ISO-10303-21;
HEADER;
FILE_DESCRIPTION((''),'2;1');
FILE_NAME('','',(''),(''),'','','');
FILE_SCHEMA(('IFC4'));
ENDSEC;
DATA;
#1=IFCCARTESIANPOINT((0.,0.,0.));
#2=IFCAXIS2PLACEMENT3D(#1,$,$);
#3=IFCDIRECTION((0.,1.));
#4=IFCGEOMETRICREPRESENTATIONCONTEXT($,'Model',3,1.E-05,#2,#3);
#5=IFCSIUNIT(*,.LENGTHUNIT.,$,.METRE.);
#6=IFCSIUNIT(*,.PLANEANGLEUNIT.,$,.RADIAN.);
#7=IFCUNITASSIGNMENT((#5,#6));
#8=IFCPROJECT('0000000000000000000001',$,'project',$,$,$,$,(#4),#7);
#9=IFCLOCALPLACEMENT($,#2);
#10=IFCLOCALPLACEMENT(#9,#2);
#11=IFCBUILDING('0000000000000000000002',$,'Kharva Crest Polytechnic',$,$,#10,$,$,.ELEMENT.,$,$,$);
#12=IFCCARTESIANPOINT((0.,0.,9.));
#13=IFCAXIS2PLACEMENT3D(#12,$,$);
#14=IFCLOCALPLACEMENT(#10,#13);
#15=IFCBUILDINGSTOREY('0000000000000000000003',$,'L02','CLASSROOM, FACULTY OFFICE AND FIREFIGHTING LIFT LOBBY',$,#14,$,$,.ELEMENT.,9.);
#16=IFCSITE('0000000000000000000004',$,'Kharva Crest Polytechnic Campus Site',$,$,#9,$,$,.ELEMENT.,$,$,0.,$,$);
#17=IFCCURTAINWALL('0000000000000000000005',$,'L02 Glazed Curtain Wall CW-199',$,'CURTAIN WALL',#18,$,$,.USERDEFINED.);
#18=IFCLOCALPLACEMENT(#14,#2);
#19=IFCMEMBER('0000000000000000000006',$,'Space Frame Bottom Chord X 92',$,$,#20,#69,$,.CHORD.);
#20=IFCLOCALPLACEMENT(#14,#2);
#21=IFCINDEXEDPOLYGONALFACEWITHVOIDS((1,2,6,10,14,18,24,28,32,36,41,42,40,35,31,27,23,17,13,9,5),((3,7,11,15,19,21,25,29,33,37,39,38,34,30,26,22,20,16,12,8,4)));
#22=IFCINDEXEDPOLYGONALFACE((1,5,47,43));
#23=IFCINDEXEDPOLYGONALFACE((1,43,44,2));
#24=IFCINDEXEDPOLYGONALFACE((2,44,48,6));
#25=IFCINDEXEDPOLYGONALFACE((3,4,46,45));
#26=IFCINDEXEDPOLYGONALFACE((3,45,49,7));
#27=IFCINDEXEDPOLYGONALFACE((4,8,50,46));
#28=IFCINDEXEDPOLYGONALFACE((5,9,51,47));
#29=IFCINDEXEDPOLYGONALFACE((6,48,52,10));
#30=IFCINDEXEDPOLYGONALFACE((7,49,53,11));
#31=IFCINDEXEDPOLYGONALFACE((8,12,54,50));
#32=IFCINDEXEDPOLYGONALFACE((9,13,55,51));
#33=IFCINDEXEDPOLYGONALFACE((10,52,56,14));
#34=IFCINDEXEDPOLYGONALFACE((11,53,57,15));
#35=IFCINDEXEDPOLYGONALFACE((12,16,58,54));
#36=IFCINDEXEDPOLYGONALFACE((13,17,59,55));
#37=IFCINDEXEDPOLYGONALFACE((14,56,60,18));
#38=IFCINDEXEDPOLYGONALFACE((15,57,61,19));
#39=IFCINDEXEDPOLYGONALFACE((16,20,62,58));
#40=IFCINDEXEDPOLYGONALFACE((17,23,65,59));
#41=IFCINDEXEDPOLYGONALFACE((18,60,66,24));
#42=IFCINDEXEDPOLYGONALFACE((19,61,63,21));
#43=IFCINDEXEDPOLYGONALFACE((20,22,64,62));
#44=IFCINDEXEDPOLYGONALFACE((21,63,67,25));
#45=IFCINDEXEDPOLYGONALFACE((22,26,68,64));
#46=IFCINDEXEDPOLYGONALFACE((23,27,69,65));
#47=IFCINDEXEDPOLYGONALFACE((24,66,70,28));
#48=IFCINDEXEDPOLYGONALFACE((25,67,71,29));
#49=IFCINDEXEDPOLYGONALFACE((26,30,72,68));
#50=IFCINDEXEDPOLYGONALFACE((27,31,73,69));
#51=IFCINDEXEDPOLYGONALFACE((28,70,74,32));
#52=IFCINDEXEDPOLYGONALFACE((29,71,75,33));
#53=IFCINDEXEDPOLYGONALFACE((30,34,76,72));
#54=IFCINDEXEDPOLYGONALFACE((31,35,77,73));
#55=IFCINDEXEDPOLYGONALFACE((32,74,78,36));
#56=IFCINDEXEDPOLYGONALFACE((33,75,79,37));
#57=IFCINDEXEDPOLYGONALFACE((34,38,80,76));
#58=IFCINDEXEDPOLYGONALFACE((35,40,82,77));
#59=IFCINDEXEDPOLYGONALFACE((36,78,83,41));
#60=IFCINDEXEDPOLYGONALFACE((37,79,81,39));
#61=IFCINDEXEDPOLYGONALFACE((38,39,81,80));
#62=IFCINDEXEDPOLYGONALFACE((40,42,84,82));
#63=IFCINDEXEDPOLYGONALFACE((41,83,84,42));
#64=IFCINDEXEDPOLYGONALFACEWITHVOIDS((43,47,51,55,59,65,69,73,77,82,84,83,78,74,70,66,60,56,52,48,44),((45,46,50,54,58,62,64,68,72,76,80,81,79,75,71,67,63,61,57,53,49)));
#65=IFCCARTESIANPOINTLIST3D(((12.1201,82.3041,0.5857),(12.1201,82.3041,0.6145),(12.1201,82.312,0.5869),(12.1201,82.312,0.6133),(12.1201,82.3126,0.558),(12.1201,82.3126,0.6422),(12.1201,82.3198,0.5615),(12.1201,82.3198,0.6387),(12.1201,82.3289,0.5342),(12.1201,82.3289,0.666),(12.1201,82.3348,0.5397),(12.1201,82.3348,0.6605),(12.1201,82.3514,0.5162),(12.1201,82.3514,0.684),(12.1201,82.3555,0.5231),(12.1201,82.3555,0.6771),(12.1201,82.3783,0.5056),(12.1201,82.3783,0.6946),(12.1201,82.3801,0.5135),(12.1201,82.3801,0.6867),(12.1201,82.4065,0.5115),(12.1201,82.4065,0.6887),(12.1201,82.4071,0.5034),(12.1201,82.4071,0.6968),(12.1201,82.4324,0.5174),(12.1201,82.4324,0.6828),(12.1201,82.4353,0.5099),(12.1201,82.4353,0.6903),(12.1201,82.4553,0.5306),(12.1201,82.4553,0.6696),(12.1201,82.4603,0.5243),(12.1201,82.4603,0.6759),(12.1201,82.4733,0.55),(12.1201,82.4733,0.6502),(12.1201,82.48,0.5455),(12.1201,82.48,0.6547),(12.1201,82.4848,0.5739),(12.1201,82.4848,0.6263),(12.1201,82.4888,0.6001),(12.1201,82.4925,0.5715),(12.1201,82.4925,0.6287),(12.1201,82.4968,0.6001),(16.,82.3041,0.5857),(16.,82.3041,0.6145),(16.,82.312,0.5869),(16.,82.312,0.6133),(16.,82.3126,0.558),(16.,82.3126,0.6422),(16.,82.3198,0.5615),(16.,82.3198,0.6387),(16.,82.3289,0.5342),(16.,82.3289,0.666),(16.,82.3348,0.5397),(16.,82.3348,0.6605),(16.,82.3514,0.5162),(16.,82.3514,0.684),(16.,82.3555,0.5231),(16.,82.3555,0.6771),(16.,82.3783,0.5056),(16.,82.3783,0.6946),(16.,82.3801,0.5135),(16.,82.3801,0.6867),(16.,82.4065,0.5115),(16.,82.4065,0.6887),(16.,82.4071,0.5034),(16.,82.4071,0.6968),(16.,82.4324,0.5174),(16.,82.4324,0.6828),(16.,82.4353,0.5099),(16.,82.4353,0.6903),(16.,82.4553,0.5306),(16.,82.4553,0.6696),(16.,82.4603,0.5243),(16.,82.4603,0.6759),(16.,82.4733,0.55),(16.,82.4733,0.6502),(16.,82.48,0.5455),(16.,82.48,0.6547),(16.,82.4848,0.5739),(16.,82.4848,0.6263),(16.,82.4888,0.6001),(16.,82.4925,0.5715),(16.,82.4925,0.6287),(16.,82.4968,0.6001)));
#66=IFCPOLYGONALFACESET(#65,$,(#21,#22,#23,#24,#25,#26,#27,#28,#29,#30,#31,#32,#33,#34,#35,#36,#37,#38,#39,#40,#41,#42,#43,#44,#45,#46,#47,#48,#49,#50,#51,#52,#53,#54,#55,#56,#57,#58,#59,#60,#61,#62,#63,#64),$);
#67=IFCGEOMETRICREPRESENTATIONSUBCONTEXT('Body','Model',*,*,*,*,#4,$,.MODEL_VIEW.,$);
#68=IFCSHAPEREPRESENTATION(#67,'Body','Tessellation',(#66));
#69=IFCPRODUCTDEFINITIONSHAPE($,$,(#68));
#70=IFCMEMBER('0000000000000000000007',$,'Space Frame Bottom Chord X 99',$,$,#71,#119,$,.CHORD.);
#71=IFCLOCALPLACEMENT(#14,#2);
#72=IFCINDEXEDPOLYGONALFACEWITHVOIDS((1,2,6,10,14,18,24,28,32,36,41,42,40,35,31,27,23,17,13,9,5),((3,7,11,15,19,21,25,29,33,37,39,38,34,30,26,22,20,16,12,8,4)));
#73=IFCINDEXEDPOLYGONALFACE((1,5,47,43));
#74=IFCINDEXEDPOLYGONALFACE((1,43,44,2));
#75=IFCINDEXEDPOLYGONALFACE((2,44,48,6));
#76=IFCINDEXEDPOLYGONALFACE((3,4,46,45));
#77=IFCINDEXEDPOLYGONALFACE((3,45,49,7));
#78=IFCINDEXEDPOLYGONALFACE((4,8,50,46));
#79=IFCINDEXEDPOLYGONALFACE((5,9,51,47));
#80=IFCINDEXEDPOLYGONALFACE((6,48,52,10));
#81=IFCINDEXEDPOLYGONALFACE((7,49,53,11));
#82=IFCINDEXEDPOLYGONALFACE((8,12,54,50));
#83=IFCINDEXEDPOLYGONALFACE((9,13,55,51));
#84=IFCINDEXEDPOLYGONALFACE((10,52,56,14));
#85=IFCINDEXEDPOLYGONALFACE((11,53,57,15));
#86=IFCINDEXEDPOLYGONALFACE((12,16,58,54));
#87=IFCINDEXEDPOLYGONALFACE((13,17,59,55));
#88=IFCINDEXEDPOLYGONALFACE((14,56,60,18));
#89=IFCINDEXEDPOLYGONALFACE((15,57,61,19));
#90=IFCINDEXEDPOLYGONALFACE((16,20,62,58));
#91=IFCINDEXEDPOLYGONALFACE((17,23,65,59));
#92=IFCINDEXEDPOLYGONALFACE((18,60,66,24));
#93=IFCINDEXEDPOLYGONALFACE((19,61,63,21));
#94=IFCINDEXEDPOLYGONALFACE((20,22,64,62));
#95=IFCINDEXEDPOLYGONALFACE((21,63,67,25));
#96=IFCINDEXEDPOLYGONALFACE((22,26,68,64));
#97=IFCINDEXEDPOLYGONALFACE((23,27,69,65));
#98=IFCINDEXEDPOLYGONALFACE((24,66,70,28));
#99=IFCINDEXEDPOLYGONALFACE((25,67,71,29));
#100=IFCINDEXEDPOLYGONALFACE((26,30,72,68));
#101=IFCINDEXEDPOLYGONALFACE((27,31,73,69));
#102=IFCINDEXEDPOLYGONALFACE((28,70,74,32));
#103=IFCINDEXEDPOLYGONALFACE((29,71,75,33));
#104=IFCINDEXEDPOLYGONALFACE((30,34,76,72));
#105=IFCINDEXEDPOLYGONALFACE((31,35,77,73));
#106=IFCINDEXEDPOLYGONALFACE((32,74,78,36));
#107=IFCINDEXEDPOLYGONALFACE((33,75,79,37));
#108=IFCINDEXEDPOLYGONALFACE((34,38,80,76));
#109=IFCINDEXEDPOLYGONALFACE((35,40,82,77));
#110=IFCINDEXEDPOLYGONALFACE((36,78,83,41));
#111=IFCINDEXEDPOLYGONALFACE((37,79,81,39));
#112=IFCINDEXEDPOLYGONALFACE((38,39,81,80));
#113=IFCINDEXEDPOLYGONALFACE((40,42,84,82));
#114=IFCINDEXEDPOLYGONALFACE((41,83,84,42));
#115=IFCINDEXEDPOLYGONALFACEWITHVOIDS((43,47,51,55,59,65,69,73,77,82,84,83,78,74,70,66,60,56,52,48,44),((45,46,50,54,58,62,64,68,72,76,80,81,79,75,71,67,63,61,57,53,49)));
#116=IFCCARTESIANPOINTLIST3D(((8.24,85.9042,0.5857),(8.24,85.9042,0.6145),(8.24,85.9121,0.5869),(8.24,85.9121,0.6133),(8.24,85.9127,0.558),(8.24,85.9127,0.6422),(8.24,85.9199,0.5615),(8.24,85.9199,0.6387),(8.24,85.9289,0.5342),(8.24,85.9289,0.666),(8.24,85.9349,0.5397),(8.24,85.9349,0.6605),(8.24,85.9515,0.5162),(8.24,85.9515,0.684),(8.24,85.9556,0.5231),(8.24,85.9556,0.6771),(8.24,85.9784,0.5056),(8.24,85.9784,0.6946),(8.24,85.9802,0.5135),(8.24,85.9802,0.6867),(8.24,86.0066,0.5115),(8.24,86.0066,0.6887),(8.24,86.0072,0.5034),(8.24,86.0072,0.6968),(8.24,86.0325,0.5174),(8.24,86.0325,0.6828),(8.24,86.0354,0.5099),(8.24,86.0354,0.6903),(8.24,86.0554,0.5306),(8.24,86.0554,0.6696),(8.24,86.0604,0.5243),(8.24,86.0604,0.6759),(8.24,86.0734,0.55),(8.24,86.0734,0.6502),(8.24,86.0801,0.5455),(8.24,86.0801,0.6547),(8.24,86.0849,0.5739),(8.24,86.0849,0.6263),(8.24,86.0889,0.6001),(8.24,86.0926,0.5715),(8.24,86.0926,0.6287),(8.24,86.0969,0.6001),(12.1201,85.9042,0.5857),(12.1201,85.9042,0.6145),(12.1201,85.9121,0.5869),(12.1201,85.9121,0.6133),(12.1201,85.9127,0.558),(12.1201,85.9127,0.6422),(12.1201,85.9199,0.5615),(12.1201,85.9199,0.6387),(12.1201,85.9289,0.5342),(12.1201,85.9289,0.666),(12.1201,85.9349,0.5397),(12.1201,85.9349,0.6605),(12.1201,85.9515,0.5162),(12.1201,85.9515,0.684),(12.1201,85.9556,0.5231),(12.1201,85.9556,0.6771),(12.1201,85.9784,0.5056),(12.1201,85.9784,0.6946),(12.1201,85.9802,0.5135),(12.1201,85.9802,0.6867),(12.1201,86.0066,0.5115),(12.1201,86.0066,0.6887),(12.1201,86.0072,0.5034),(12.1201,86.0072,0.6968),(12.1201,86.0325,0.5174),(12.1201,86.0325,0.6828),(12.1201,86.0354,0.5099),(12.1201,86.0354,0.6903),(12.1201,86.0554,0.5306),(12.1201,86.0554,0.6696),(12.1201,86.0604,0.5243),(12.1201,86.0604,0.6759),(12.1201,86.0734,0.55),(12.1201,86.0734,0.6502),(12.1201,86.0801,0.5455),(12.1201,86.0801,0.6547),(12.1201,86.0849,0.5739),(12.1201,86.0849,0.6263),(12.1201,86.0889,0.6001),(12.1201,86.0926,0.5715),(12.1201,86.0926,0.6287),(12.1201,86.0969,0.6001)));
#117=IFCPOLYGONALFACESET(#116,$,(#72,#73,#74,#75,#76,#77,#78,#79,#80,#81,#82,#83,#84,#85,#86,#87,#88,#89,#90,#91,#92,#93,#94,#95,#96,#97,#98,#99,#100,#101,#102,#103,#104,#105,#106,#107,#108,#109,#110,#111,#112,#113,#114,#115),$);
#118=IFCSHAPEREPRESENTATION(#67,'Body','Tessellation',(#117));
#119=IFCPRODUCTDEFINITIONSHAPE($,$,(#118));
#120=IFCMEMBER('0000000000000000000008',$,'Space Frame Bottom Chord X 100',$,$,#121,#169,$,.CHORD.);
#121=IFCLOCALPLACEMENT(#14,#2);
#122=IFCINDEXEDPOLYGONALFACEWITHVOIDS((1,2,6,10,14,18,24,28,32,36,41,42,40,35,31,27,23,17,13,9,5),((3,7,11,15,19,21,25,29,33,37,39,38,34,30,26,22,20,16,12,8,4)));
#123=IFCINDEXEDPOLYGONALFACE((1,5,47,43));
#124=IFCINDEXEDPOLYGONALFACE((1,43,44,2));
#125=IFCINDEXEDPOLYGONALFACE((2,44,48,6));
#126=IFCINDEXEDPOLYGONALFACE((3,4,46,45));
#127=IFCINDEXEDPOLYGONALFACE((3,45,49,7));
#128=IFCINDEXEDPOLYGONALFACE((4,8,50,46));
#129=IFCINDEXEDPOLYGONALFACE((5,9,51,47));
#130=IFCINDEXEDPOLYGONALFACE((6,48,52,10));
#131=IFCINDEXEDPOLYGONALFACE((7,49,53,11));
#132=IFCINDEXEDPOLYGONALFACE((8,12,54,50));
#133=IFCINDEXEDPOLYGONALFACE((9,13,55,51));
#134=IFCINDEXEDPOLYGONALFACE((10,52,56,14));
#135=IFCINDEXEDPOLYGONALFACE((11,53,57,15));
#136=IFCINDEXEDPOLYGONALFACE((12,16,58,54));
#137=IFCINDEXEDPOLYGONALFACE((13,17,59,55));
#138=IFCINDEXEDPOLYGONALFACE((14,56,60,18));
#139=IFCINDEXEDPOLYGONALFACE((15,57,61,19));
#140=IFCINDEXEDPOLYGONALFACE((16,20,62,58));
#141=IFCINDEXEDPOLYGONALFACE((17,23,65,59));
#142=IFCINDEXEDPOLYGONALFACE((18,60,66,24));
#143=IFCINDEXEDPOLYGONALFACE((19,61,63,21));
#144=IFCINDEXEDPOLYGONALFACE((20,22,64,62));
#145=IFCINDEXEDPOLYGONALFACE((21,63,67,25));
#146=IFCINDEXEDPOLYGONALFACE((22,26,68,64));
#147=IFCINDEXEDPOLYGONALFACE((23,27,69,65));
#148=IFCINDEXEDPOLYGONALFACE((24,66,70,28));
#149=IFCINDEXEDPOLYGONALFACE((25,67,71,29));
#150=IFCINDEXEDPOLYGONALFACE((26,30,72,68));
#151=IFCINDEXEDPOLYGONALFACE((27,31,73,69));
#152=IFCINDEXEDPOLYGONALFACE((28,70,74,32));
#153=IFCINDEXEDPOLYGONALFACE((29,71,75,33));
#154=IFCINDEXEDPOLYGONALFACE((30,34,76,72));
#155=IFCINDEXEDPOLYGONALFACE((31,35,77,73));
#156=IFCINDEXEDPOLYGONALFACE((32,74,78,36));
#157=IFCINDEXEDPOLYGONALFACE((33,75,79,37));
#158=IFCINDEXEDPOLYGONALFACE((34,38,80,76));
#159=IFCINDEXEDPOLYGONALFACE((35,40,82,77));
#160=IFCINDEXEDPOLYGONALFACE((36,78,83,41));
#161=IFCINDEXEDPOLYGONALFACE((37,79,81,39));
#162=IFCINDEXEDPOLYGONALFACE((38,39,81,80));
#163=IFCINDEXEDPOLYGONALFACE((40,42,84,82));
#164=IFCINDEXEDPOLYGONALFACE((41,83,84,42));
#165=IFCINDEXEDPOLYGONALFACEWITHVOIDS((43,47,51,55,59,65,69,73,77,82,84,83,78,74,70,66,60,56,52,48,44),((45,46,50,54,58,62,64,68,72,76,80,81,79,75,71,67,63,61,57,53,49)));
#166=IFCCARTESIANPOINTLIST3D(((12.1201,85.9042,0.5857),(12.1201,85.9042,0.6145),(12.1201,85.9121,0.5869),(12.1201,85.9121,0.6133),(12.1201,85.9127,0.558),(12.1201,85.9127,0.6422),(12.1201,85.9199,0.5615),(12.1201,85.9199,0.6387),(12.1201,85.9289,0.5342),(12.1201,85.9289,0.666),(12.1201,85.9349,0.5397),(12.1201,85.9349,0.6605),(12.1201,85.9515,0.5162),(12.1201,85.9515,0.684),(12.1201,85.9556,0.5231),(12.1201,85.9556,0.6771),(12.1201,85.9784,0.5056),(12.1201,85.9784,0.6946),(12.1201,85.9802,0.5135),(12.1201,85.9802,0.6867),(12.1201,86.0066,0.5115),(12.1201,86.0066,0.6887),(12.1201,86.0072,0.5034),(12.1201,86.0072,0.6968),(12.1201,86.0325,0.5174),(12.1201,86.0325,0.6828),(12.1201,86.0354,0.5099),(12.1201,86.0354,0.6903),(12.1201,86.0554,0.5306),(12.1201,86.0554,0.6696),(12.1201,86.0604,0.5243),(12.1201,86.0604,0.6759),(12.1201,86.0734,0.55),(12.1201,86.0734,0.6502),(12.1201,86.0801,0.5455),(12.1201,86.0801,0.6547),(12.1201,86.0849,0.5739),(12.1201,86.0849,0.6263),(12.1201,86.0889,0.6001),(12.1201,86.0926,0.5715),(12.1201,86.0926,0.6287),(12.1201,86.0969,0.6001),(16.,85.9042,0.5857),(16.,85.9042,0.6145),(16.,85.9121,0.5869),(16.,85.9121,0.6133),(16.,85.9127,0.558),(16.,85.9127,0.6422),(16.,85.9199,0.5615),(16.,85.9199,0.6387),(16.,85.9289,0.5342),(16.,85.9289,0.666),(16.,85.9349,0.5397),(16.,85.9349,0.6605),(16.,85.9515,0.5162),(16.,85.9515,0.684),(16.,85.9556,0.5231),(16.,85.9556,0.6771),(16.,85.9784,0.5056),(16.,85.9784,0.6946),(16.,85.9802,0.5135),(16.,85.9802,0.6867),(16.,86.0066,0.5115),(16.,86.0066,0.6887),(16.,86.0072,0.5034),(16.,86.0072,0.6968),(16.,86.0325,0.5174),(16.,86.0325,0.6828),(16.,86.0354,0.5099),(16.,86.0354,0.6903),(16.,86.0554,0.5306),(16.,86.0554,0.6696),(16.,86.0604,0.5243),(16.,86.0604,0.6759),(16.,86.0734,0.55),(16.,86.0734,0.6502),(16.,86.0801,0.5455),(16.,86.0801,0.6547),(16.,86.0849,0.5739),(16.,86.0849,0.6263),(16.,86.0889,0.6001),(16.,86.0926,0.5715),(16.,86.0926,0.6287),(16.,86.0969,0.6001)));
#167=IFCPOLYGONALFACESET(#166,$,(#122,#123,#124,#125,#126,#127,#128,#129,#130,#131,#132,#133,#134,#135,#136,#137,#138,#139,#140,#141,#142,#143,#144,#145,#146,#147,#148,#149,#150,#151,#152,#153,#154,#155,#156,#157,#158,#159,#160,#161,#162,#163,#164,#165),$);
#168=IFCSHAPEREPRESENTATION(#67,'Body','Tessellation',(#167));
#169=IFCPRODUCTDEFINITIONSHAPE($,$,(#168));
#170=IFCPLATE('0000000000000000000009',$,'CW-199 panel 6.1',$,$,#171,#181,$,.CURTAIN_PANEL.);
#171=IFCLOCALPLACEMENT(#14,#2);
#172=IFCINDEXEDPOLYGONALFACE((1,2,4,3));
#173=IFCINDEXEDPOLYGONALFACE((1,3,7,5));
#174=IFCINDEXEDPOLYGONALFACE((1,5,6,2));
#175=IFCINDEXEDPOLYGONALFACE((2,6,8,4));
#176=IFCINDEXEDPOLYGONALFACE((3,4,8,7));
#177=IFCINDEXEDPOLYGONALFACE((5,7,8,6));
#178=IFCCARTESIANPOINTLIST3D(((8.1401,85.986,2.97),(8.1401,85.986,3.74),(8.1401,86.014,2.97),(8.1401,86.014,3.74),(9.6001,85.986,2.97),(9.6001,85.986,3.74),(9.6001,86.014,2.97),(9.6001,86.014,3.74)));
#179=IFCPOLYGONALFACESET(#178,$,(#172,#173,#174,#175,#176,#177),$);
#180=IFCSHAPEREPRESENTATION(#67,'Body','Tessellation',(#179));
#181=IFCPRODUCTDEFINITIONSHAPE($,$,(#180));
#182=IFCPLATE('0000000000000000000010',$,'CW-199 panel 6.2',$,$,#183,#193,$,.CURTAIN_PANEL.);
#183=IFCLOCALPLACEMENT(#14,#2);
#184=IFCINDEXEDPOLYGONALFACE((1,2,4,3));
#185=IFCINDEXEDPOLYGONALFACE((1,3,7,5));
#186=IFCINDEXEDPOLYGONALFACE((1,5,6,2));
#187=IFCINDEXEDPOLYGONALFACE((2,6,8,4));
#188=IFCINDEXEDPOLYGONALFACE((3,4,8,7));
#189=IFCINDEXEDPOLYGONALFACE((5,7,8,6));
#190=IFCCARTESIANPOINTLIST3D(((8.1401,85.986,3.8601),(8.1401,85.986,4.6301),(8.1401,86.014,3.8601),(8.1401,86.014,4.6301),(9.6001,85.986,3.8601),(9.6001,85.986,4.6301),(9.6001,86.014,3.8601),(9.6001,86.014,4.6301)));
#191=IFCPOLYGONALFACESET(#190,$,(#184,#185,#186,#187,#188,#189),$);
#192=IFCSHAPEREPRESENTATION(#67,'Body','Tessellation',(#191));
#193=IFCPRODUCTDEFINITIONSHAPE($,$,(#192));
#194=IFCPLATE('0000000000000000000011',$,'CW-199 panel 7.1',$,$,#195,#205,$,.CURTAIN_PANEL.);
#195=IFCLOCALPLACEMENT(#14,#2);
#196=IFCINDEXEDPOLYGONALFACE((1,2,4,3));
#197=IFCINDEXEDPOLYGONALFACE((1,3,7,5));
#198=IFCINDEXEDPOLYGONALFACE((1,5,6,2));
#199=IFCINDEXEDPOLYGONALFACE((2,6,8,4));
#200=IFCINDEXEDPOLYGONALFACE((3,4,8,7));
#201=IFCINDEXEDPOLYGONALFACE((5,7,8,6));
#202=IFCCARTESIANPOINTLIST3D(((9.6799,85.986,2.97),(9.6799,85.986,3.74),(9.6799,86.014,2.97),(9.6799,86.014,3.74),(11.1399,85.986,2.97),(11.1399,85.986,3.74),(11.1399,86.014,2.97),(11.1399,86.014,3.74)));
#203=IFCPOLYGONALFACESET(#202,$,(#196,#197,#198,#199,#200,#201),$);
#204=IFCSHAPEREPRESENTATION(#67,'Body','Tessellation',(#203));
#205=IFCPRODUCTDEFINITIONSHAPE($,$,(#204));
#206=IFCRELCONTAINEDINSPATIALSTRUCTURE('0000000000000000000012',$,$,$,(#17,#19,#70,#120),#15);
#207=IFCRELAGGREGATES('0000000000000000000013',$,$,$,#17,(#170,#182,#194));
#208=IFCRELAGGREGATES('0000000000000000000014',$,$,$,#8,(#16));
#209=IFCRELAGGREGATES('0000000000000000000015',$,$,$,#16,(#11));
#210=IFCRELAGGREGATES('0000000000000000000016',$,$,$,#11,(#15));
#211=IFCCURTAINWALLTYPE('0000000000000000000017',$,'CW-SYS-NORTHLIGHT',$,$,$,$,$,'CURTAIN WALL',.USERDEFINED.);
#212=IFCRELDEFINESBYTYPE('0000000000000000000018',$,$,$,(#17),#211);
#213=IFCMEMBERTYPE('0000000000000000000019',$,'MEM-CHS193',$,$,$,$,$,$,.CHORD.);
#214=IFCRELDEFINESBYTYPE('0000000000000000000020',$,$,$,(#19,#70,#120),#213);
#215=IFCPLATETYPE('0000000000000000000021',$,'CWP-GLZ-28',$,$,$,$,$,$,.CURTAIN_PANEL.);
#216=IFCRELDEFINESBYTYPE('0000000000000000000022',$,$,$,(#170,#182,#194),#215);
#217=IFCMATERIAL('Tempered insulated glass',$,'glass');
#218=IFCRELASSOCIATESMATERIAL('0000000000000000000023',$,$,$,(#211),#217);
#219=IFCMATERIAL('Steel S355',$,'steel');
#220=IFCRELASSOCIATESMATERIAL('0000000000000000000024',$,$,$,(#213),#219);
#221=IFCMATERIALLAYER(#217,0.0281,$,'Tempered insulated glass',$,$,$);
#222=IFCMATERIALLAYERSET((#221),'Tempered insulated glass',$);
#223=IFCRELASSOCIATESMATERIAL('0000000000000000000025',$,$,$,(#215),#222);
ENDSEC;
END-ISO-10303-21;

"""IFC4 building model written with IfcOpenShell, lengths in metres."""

from ifc_helpers import new_model, si_unit, direction, frame, origin, origin_2d, place, context, subcontext, project, spatial, rectangle, hollow_circle, extrude, material, layer, layer_set, material_profile, profile_set, type_object, element, aggregate, save


model = new_model("IFC4")

# Units and contexts
model_context = context("Model", 3, precision=1e-05, world=origin(), true_north=direction((0.0, 1.0)))
body_context = subcontext(model_context, "Body", "Model", "MODEL_VIEW")
ifc_project = project(units=[si_unit("LENGTHUNIT", "METRE"), si_unit("PLANEANGLEUNIT", "RADIAN")], contexts=[model_context])

# Site, building, storey
site_placement = place(None, origin())
site = spatial("IfcSite", under=ifc_project, at=site_placement, Name="Kharva Crest Polytechnic Campus Site", CompositionType="ELEMENT", RefElevation=0.0)
building_placement = place(site_placement, origin())
building = spatial("IfcBuilding", under=site, at=building_placement, Name="Kharva Crest Polytechnic", CompositionType="ELEMENT")
storey_placement = place(building_placement, frame((0.0, 0.0, 9.0)))
storey = spatial("IfcBuildingStorey", under=building, at=storey_placement, Name="L02", Description="CLASSROOM, FACULTY OFFICE AND FIREFIGHTING LIFT LOBBY", CompositionType="ELEMENT", Elevation=9.0)

# Curtain wall
ifc_material_1 = material(Name="Tempered insulated glass", Category="glass")
curtain_wall_type = type_object("IfcCurtainWallType", Name="CW-SYS-NORTHLIGHT", ElementType="CURTAIN WALL", PredefinedType="USERDEFINED", material=ifc_material_1)
curtain_wall_placement = place(storey_placement, origin())
curtain_wall = element("IfcCurtainWall", 1, at=curtain_wall_placement, inside=storey, type_object=curtain_wall_type, Name="L02 Glazed Curtain Wall CW-199", ObjectType="CURTAIN WALL", PredefinedType="USERDEFINED")
ifc_material_2 = material(Name="Steel S355", Category="steel")

# Members
ifc_material_profile_1 = material_profile(ifc_material_2, hollow_circle(Radius=0.0969, WallThickness=0.0081, at=origin_2d()), Name="CHS 193.7X8.0")
ifc_profile_set_1 = profile_set([ifc_material_profile_1], Name="Steel S355")
member_type_1 = type_object("IfcMemberType", Name="MEM-CHS193", PredefinedType="CHORD", material=ifc_profile_set_1)
member_1_placement = place(storey_placement, frame((12.1201, 82.3999, 0.6001), z_axis=(1.0, 0.0, 0.0), x_axis=(0.0, 1.0, 0.0)))
element("IfcMember", 2, at=member_1_placement, inside=storey, type_object=member_type_1, Name="Space Frame Bottom Chord X 92", PredefinedType="CHORD", context=body_context, shape_type="SweptSolid", body=[
    extrude(hollow_circle(Radius=0.0969, WallThickness=0.0081, at=origin_2d()), origin(), (0.0, 0.0, 1.0), 3.8799),
])
member_2_placement = place(storey_placement, frame((8.24, 86.0, 0.6001), z_axis=(1.0, 0.0, 0.0), x_axis=(0.0, 1.0, 0.0)))
element("IfcMember", 3, at=member_2_placement, inside=storey, type_object=member_type_1, Name="Space Frame Bottom Chord X 99", PredefinedType="CHORD", context=body_context, shape_type="SweptSolid", body=[
    extrude(hollow_circle(Radius=0.0969, WallThickness=0.0081, at=origin_2d()), origin(), (0.0, 0.0, 1.0), 3.8801),
])
member_3_placement = place(storey_placement, frame((12.1201, 86.0, 0.6001), z_axis=(1.0, 0.0, 0.0), x_axis=(0.0, 1.0, 0.0)))
element("IfcMember", 4, at=member_3_placement, inside=storey, type_object=member_type_1, Name="Space Frame Bottom Chord X 100", PredefinedType="CHORD", context=body_context, shape_type="SweptSolid", body=[
    extrude(hollow_circle(Radius=0.0969, WallThickness=0.0081, at=origin_2d()), origin(), (0.0, 0.0, 1.0), 3.8799),
])

# Plates
ifc_layer = layer(ifc_material_1, 0.0281, Name="Tempered insulated glass")
ifc_layer_set = layer_set([ifc_layer], Name="Tempered insulated glass")
plate_type = type_object("IfcPlateType", Name="CWP-GLZ-28", PredefinedType="CURTAIN_PANEL", material=ifc_layer_set)
plate_1_placement = place(storey_placement, frame((8.8701, 86.0, 2.97), z_axis=(0.0, 0.0, 1.0), x_axis=(1.0, 0.0, 0.0)))
plate_1 = element("IfcPlate", 5, at=plate_1_placement, type_object=plate_type, Name="CW-199 panel 6.1", PredefinedType="CURTAIN_PANEL", context=body_context, shape_type="SweptSolid", body=[
    extrude(rectangle(XDim=1.46, YDim=0.0281, at=origin_2d()), origin(), (0.0, 0.0, 1.0), 0.77),
])
plate_2_placement = place(storey_placement, frame((8.8701, 86.0, 3.8601), z_axis=(0.0, 0.0, 1.0), x_axis=(1.0, 0.0, 0.0)))
plate_2 = element("IfcPlate", 6, at=plate_2_placement, type_object=plate_type, Name="CW-199 panel 6.2", PredefinedType="CURTAIN_PANEL", context=body_context, shape_type="SweptSolid", body=[
    extrude(rectangle(XDim=1.46, YDim=0.0281, at=origin_2d()), origin(), (0.0, 0.0, 1.0), 0.77),
])
plate_3_placement = place(storey_placement, frame((10.4099, 86.0, 2.97), z_axis=(0.0, 0.0, 1.0), x_axis=(1.0, 0.0, 0.0)))
plate_3 = element("IfcPlate", 7, at=plate_3_placement, type_object=plate_type, Name="CW-199 panel 7.1", PredefinedType="CURTAIN_PANEL", context=body_context, shape_type="SweptSolid", body=[
    extrude(rectangle(XDim=1.46, YDim=0.0281, at=origin_2d()), origin(), (0.0, 0.0, 1.0), 0.77),
])
aggregate(curtain_wall, [plate_1, plate_2, plate_3])

save(model, "model.ifc")
